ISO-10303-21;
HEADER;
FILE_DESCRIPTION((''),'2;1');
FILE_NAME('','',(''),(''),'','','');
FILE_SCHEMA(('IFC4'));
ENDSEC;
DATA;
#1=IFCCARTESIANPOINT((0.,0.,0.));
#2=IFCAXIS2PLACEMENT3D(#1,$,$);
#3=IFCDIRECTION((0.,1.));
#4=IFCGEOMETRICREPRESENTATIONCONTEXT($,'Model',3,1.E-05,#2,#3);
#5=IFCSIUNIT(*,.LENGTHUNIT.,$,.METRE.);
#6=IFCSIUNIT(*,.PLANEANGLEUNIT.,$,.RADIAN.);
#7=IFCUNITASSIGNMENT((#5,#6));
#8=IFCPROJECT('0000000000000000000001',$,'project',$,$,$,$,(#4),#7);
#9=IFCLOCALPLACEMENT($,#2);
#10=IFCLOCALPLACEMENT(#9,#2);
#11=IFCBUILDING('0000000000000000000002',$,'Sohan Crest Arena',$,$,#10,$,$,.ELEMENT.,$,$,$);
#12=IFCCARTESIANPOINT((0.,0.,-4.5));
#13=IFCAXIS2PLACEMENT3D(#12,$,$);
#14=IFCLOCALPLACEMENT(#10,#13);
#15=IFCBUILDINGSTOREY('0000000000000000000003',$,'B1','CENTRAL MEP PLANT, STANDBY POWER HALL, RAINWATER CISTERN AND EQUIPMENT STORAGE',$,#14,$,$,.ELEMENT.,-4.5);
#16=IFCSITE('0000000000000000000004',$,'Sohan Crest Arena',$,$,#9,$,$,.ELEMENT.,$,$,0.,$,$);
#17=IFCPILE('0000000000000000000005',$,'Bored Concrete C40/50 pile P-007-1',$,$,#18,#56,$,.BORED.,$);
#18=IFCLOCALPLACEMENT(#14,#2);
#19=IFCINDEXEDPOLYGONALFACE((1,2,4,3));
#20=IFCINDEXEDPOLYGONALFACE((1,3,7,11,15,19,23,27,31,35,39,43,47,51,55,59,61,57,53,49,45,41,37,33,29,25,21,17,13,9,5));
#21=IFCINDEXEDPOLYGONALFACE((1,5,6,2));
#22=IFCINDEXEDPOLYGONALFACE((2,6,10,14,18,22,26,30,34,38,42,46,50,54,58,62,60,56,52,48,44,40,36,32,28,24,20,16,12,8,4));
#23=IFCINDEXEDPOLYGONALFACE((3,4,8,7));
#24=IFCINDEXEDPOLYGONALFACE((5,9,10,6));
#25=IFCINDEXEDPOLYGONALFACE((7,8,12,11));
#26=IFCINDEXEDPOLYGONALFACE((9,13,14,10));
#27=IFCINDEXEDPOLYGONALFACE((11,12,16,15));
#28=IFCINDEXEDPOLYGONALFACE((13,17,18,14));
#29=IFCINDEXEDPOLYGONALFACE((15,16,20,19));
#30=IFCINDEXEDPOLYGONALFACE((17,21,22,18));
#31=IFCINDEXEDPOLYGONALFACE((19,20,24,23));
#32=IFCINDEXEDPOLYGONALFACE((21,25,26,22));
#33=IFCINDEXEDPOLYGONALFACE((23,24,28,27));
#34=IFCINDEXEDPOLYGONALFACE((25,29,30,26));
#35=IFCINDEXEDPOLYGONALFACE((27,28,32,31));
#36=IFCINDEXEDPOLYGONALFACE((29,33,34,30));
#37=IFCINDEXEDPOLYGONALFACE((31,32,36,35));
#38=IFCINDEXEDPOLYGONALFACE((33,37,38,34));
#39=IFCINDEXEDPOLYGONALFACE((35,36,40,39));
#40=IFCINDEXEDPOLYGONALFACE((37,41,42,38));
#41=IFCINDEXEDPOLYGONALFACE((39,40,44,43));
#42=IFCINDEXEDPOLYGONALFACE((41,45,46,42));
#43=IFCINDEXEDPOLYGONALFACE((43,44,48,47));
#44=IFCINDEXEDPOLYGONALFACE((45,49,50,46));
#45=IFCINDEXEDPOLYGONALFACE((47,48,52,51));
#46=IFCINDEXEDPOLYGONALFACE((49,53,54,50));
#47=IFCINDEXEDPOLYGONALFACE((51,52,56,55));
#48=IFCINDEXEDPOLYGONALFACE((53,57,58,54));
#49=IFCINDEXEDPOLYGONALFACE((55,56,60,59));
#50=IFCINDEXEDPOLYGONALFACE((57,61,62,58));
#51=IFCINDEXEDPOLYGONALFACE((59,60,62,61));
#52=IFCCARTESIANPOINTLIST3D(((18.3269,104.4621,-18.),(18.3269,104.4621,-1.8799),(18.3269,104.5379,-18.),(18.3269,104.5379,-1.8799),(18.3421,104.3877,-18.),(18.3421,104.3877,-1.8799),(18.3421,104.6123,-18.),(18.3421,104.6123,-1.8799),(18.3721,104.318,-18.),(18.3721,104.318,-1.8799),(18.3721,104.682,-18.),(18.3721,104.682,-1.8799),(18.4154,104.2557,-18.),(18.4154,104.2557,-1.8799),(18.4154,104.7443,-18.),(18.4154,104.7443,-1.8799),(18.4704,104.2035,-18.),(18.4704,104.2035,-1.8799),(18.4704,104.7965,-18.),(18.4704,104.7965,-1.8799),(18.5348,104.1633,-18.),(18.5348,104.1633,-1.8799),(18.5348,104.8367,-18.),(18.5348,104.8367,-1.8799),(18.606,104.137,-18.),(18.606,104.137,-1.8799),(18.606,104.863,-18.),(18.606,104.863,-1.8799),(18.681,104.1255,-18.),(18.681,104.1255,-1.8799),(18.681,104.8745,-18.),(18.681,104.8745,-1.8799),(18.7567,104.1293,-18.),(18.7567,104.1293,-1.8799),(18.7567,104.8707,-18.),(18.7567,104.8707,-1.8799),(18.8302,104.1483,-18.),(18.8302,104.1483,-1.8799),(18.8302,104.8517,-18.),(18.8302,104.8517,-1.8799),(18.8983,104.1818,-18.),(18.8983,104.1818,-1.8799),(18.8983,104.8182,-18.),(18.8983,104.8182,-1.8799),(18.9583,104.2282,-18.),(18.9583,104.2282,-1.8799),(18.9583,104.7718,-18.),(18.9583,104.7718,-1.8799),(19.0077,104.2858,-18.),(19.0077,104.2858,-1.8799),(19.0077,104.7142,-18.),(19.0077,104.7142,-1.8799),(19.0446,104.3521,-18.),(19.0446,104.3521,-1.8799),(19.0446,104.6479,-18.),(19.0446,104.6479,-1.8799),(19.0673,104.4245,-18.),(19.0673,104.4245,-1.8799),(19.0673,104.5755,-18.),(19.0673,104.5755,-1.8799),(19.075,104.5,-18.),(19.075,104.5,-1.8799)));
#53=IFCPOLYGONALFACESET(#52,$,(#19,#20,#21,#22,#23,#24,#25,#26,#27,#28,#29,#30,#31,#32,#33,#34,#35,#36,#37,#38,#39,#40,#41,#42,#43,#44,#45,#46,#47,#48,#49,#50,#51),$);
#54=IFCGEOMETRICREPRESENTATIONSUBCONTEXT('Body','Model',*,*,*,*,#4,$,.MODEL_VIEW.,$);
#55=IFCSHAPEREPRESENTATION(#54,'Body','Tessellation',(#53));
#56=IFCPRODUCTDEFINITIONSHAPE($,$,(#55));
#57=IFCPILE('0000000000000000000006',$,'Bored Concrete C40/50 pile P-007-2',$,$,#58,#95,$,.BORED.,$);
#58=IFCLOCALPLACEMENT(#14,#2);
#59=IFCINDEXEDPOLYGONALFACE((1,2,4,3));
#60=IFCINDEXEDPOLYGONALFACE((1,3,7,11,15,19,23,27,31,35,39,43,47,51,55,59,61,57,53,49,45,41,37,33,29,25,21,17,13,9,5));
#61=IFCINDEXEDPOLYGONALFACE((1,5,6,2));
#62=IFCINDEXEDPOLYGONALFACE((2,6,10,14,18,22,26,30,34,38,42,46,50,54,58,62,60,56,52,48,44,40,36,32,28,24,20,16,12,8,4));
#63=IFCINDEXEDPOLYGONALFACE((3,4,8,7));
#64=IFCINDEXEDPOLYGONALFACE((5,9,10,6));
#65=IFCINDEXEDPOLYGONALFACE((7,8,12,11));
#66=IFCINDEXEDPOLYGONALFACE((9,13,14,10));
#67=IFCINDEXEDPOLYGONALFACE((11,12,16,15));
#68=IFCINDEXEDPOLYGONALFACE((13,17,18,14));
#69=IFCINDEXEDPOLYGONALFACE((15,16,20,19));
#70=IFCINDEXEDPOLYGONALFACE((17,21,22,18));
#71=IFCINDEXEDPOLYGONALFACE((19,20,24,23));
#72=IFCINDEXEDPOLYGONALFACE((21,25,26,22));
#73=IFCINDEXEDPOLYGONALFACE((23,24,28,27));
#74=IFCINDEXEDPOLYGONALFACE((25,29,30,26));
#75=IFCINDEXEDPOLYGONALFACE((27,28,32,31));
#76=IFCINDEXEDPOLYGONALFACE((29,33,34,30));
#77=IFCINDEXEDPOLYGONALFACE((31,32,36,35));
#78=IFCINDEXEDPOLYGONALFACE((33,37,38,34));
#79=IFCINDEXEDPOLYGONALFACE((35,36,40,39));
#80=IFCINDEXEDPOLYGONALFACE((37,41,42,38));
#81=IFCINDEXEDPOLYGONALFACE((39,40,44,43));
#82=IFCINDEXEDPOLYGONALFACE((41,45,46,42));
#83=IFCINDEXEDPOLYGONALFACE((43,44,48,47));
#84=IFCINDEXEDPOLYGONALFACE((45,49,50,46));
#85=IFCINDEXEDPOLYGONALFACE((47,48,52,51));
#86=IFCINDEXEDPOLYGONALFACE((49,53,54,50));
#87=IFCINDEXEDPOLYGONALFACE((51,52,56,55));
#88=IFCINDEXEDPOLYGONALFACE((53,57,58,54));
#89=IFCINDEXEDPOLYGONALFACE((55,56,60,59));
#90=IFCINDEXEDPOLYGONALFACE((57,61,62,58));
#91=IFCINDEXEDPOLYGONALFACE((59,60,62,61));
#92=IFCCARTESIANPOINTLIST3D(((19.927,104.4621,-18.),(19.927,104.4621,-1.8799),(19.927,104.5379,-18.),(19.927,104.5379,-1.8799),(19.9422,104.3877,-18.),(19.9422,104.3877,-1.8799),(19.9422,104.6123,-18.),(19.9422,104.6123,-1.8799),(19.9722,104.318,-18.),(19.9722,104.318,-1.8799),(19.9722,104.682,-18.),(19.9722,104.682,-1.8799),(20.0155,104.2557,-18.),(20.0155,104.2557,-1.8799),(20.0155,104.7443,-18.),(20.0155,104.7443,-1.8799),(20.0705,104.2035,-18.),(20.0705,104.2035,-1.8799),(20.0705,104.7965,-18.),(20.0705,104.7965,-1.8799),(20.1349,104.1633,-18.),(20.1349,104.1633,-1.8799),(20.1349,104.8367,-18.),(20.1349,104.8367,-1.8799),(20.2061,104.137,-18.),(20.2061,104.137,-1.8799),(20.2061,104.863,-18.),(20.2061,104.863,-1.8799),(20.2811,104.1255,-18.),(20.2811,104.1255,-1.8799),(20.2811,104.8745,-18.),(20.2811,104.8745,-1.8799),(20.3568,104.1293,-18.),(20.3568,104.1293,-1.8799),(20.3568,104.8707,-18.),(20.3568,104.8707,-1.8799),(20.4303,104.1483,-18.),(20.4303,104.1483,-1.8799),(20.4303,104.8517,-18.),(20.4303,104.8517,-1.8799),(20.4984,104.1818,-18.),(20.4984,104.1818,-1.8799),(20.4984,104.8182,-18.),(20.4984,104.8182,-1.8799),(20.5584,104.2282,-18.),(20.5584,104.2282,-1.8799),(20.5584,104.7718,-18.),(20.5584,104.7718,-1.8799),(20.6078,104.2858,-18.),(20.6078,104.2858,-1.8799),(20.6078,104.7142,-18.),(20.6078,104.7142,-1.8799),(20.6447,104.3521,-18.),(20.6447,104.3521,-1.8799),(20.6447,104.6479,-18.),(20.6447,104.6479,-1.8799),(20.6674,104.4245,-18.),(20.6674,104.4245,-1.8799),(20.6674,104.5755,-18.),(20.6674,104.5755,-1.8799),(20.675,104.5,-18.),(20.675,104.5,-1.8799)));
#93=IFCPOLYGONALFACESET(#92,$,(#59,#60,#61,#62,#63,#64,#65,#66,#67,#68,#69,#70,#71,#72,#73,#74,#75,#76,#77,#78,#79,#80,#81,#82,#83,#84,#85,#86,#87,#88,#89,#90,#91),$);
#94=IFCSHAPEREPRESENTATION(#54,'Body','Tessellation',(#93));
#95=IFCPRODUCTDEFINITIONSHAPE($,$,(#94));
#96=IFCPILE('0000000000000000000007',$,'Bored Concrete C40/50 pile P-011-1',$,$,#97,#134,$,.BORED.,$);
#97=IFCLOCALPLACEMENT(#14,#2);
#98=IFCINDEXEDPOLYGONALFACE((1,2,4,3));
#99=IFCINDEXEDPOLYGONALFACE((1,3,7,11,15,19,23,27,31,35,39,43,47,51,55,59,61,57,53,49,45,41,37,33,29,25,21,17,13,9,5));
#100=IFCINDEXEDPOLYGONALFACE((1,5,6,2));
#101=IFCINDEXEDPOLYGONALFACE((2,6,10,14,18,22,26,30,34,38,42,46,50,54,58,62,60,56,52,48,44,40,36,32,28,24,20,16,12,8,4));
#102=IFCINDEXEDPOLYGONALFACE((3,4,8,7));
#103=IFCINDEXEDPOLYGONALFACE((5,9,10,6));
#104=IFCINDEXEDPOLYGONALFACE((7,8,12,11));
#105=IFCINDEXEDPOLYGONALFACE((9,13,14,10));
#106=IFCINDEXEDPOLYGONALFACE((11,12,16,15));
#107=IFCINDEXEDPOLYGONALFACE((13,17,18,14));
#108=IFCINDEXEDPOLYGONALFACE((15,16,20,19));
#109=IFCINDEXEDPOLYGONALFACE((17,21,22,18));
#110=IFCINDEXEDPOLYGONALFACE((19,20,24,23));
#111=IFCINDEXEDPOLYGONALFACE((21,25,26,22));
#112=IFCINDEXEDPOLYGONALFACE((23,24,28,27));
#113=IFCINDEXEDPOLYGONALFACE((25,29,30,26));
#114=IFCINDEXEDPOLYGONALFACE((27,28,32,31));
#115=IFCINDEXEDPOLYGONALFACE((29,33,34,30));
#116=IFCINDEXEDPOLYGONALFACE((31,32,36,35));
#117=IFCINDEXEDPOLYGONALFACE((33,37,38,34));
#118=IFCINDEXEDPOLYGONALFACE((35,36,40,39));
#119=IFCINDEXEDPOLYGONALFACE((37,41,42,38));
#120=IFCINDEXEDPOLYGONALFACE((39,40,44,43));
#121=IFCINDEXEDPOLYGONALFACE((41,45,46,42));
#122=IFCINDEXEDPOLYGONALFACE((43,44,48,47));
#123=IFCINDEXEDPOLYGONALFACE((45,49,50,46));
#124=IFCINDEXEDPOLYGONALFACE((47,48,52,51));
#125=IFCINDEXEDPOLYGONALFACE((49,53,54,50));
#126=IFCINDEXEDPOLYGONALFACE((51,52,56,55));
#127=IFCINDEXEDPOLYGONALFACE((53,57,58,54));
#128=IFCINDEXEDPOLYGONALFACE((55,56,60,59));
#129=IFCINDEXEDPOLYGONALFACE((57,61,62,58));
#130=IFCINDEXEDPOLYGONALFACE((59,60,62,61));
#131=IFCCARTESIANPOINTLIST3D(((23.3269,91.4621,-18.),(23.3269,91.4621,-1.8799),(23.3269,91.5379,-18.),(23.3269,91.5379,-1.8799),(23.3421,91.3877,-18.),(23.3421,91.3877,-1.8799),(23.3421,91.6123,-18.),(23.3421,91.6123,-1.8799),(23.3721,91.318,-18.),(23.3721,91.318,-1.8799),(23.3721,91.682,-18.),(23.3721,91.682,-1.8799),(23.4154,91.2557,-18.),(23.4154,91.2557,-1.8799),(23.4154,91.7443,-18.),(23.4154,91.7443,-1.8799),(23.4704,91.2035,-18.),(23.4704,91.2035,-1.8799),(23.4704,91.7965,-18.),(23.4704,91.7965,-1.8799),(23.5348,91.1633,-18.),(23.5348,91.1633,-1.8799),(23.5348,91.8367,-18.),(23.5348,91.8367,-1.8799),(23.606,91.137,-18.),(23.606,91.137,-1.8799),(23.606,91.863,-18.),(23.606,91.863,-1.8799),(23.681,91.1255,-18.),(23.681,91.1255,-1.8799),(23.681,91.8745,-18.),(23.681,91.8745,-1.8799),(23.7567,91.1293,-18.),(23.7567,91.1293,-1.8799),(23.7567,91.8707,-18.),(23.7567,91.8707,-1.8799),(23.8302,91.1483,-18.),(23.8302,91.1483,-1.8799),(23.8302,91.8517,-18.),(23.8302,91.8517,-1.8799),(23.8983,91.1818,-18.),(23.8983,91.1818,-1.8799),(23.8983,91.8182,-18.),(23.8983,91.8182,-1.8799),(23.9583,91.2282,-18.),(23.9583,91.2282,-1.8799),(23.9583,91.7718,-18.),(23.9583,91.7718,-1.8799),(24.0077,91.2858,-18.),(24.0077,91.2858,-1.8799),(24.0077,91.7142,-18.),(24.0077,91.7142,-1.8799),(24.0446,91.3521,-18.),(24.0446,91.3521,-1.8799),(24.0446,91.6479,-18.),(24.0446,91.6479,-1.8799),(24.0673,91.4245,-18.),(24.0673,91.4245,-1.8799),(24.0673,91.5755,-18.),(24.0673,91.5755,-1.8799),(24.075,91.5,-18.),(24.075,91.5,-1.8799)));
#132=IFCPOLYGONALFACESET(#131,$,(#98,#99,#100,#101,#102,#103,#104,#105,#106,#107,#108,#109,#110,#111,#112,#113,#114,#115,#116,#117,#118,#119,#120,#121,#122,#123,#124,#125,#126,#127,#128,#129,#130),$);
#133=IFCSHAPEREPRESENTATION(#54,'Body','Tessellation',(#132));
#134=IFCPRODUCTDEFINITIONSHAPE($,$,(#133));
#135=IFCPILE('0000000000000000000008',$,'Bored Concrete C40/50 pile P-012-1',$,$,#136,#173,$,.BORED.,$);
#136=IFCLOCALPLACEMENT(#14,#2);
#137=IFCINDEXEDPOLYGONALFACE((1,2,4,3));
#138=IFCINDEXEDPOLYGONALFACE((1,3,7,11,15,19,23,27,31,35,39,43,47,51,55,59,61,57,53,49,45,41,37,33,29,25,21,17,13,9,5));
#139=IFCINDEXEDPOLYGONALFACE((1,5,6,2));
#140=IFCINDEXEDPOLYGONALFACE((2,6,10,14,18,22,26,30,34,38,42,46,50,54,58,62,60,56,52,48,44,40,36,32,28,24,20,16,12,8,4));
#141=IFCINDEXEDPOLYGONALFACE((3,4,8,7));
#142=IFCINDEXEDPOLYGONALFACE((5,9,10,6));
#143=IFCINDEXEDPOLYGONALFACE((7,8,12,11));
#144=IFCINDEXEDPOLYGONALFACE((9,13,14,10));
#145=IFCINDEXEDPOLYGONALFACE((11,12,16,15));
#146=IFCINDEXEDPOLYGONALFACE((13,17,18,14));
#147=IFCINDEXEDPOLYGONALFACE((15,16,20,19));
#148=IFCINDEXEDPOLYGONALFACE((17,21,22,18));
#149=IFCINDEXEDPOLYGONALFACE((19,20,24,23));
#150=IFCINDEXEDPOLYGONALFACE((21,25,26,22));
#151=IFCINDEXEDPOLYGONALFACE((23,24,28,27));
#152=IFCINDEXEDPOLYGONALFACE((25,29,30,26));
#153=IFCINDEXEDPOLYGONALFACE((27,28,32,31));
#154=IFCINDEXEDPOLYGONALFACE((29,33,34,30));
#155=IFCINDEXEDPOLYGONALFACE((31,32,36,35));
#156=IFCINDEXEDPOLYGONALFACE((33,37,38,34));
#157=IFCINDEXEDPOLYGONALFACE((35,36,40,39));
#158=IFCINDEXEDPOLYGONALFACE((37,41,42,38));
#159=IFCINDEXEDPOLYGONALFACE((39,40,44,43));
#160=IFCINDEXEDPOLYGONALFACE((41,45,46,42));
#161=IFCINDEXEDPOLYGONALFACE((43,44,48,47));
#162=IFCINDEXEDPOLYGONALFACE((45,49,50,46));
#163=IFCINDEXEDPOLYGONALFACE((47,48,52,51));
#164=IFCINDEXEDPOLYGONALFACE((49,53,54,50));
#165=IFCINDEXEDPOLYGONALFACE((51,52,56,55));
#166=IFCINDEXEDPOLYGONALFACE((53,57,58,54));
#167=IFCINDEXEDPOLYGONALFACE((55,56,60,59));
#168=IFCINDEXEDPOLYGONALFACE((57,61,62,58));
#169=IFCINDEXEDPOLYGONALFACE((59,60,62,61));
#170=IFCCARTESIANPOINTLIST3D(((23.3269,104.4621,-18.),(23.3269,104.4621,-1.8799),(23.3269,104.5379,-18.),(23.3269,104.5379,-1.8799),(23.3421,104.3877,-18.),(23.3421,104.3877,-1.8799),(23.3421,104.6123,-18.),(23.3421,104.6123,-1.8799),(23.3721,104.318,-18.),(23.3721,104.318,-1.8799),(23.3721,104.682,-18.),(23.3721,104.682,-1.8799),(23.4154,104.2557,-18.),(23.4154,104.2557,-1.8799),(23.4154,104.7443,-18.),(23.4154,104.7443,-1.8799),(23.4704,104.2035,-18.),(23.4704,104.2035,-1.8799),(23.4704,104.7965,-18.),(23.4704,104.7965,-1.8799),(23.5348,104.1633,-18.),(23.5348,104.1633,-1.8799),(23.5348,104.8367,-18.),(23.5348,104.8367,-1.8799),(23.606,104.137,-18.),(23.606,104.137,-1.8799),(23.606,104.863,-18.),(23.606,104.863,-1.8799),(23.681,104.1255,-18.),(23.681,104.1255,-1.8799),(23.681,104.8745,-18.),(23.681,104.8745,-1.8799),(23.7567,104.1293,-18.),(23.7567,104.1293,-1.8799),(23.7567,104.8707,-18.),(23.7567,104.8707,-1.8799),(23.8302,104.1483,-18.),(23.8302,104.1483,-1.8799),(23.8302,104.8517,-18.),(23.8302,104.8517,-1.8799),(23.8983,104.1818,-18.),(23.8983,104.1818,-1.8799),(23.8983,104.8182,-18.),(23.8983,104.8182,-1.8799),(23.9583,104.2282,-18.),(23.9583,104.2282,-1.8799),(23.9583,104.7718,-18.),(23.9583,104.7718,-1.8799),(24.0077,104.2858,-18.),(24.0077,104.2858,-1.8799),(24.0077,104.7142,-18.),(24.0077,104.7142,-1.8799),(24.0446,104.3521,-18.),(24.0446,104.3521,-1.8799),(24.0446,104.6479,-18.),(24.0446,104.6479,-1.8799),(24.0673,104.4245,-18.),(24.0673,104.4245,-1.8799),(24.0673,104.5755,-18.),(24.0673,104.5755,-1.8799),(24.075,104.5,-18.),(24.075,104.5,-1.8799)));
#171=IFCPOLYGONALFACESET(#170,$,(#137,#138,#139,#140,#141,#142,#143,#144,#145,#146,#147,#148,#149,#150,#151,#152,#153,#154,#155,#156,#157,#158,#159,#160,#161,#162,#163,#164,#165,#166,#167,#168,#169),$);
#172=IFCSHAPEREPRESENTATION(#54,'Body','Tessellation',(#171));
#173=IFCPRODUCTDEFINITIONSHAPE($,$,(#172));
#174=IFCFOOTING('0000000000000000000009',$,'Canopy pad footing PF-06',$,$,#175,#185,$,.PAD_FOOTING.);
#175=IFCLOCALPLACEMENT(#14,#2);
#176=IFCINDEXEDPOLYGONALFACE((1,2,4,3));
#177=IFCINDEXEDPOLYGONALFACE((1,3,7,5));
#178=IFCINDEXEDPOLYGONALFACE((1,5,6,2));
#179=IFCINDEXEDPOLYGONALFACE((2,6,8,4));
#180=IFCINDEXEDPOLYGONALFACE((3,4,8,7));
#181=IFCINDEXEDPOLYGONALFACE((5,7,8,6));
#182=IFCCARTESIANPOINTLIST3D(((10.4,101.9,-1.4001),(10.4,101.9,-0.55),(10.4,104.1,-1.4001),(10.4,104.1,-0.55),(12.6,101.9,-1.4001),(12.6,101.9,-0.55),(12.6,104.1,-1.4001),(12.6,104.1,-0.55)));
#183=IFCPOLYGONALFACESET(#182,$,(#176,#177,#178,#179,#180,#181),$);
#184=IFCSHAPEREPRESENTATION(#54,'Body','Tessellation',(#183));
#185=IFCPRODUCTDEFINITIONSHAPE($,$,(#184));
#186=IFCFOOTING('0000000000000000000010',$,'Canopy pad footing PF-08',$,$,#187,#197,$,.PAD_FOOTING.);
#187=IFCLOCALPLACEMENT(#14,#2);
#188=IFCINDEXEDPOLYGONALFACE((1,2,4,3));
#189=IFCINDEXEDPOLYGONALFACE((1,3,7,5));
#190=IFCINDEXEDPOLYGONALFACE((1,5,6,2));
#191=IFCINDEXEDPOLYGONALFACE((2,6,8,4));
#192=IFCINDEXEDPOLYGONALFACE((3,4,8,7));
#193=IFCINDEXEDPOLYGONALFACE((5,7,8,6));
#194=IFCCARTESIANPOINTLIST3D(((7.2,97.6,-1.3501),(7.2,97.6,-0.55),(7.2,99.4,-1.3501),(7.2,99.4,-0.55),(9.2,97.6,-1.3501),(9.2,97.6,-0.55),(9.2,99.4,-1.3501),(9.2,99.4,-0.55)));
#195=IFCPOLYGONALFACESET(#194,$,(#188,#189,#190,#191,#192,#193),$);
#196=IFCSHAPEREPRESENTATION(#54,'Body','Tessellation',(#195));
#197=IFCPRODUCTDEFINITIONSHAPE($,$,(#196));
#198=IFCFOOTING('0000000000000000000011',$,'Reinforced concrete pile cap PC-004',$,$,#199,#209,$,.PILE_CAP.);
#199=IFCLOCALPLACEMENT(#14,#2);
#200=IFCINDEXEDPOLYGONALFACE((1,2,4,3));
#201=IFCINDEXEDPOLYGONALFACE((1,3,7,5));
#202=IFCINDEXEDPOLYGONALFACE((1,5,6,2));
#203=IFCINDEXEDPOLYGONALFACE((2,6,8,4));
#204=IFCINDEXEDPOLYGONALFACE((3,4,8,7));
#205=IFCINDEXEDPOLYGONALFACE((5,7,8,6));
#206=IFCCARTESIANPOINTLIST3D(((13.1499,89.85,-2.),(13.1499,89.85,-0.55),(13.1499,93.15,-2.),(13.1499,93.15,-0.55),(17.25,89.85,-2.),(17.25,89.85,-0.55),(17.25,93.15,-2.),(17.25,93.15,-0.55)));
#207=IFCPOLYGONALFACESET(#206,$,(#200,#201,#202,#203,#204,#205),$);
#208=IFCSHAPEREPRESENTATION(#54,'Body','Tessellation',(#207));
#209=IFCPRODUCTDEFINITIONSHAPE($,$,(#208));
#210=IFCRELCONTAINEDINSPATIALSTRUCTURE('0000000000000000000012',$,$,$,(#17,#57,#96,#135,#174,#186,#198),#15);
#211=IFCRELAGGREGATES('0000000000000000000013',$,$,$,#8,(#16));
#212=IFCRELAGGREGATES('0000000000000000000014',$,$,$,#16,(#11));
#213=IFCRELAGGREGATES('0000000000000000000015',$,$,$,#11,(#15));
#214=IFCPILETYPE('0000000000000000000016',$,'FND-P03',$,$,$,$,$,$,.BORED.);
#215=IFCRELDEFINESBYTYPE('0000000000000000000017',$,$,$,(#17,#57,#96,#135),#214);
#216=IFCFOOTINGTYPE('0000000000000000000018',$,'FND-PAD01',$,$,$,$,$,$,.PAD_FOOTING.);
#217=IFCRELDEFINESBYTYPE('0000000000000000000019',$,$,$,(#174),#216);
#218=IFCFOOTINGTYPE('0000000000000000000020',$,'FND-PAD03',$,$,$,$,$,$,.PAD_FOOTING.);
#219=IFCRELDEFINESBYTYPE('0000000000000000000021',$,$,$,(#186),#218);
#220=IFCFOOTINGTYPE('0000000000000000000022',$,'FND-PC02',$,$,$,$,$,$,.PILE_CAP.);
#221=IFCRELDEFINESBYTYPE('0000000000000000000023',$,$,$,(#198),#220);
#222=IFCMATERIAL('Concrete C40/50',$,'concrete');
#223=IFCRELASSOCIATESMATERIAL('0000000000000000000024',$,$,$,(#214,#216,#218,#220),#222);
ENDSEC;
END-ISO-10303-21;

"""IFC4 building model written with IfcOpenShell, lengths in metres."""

from ifc_helpers import new_model, si_unit, direction, frame, origin, origin_2d, place, context, subcontext, project, spatial, rectangle, circle, extrude, material, material_profile, profile_set, type_object, element, save


model = new_model("IFC4")

# Units and contexts
model_context = context("Model", 3, precision=1e-05, world=origin(), true_north=direction((0.0, 1.0)))
body_context = subcontext(model_context, "Body", "Model", "MODEL_VIEW")
ifc_project = project(units=[si_unit("LENGTHUNIT", "METRE"), si_unit("PLANEANGLEUNIT", "RADIAN")], contexts=[model_context])

# Site, building, storey
site_placement = place(None, origin())
site = spatial("IfcSite", under=ifc_project, at=site_placement, Name="Sohan Crest Arena", CompositionType="ELEMENT", RefElevation=0.0)
building_placement = place(site_placement, origin())
building = spatial("IfcBuilding", under=site, at=building_placement, Name="Sohan Crest Arena", CompositionType="ELEMENT")
storey_placement = place(building_placement, frame((0.0, 0.0, -4.5)))
storey = spatial("IfcBuildingStorey", under=building, at=storey_placement, Name="B1", Description="CENTRAL MEP PLANT, STANDBY POWER HALL, RAINWATER CISTERN AND EQUIPMENT STORAGE", CompositionType="ELEMENT", Elevation=-4.5)

# Shared definitions
ifc_material_1 = material(Name="Concrete C40/50", Category="concrete")

# Piles
ifc_material_profile_1 = material_profile(ifc_material_1, circle(Radius=0.375, at=origin_2d()), Name="PILE D750")
ifc_profile_set_1 = profile_set([ifc_material_profile_1], Name="Concrete C40/50")
pile_type = type_object("IfcPileType", Name="FND-P03", PredefinedType="BORED", material=ifc_profile_set_1)
for number, where, z_axis, x_axis, name in (
    (1, (18.7, 104.5, -18.0), (0.0, 0.0, 1.0), (1.0, 0.0, 0.0), "Bored Concrete C40/50 pile P-007-1"),
    (2, (20.3, 104.5, -18.0), (0.0, 0.0, 1.0), (1.0, 0.0, 0.0), "Bored Concrete C40/50 pile P-007-2"),
    (3, (23.7, 91.5, -18.0), (0.0, 0.0, 1.0), (1.0, 0.0, 0.0), "Bored Concrete C40/50 pile P-011-1"),
    (4, (23.7, 104.5, -18.0), (0.0, 0.0, 1.0), (1.0, 0.0, 0.0), "Bored Concrete C40/50 pile P-012-1"),
):
    element("IfcPile", number, at=place(storey_placement, frame(where, z_axis=z_axis, x_axis=x_axis)), inside=storey, type_object=pile_type, Name=name, PredefinedType="BORED", context=body_context, shape_type="SweptSolid", body=[
        extrude(circle(Radius=0.375, at=origin_2d()), origin(), (0.0, 0.0, 1.0), 16.1201),
    ])

# Footings
footing_type_1 = type_object("IfcFootingType", Name="FND-PAD01", PredefinedType="PAD_FOOTING", material=ifc_material_1)
footing_1_placement = place(storey_placement, frame((11.5, 103.0, -1.4001), z_axis=(0.0, 0.0, 1.0), x_axis=(1.0, 0.0, 0.0)))
element("IfcFooting", 5, at=footing_1_placement, inside=storey, type_object=footing_type_1, Name="Canopy pad footing PF-06", PredefinedType="PAD_FOOTING", context=body_context, shape_type="SweptSolid", body=[
    extrude(rectangle(XDim=2.2, YDim=2.2, at=origin_2d()), origin(), (0.0, 0.0, 1.0), 0.8501),
])
footing_type_2 = type_object("IfcFootingType", Name="FND-PAD03", PredefinedType="PAD_FOOTING", material=ifc_material_1)
footing_2_placement = place(storey_placement, frame((8.2, 98.5, -1.3501), z_axis=(0.0, 0.0, 1.0), x_axis=(1.0, 0.0, 0.0)))
element("IfcFooting", 6, at=footing_2_placement, inside=storey, type_object=footing_type_2, Name="Canopy pad footing PF-08", PredefinedType="PAD_FOOTING", context=body_context, shape_type="SweptSolid", body=[
    extrude(rectangle(XDim=2.0, YDim=1.8, at=origin_2d()), origin(), (0.0, 0.0, 1.0), 0.8),
])
footing_type_3 = type_object("IfcFootingType", Name="FND-PC02", PredefinedType="PILE_CAP", material=ifc_material_1)
for number, where, z_axis, x_axis, name in (
    (7, (15.2, 91.5, -2.0), (0.0, 0.0, 1.0), (1.0, 0.0, 0.0), "Reinforced concrete pile cap PC-004"),
):
    element("IfcFooting", number, at=place(storey_placement, frame(where, z_axis=z_axis, x_axis=x_axis)), inside=storey, type_object=footing_type_3, Name=name, PredefinedType="PILE_CAP", context=body_context, shape_type="SweptSolid", body=[
        extrude(rectangle(XDim=4.1001, YDim=3.3, at=origin_2d()), origin(), (0.0, 0.0, 1.0), 1.45),
    ])

save(model, "model.ifc")
